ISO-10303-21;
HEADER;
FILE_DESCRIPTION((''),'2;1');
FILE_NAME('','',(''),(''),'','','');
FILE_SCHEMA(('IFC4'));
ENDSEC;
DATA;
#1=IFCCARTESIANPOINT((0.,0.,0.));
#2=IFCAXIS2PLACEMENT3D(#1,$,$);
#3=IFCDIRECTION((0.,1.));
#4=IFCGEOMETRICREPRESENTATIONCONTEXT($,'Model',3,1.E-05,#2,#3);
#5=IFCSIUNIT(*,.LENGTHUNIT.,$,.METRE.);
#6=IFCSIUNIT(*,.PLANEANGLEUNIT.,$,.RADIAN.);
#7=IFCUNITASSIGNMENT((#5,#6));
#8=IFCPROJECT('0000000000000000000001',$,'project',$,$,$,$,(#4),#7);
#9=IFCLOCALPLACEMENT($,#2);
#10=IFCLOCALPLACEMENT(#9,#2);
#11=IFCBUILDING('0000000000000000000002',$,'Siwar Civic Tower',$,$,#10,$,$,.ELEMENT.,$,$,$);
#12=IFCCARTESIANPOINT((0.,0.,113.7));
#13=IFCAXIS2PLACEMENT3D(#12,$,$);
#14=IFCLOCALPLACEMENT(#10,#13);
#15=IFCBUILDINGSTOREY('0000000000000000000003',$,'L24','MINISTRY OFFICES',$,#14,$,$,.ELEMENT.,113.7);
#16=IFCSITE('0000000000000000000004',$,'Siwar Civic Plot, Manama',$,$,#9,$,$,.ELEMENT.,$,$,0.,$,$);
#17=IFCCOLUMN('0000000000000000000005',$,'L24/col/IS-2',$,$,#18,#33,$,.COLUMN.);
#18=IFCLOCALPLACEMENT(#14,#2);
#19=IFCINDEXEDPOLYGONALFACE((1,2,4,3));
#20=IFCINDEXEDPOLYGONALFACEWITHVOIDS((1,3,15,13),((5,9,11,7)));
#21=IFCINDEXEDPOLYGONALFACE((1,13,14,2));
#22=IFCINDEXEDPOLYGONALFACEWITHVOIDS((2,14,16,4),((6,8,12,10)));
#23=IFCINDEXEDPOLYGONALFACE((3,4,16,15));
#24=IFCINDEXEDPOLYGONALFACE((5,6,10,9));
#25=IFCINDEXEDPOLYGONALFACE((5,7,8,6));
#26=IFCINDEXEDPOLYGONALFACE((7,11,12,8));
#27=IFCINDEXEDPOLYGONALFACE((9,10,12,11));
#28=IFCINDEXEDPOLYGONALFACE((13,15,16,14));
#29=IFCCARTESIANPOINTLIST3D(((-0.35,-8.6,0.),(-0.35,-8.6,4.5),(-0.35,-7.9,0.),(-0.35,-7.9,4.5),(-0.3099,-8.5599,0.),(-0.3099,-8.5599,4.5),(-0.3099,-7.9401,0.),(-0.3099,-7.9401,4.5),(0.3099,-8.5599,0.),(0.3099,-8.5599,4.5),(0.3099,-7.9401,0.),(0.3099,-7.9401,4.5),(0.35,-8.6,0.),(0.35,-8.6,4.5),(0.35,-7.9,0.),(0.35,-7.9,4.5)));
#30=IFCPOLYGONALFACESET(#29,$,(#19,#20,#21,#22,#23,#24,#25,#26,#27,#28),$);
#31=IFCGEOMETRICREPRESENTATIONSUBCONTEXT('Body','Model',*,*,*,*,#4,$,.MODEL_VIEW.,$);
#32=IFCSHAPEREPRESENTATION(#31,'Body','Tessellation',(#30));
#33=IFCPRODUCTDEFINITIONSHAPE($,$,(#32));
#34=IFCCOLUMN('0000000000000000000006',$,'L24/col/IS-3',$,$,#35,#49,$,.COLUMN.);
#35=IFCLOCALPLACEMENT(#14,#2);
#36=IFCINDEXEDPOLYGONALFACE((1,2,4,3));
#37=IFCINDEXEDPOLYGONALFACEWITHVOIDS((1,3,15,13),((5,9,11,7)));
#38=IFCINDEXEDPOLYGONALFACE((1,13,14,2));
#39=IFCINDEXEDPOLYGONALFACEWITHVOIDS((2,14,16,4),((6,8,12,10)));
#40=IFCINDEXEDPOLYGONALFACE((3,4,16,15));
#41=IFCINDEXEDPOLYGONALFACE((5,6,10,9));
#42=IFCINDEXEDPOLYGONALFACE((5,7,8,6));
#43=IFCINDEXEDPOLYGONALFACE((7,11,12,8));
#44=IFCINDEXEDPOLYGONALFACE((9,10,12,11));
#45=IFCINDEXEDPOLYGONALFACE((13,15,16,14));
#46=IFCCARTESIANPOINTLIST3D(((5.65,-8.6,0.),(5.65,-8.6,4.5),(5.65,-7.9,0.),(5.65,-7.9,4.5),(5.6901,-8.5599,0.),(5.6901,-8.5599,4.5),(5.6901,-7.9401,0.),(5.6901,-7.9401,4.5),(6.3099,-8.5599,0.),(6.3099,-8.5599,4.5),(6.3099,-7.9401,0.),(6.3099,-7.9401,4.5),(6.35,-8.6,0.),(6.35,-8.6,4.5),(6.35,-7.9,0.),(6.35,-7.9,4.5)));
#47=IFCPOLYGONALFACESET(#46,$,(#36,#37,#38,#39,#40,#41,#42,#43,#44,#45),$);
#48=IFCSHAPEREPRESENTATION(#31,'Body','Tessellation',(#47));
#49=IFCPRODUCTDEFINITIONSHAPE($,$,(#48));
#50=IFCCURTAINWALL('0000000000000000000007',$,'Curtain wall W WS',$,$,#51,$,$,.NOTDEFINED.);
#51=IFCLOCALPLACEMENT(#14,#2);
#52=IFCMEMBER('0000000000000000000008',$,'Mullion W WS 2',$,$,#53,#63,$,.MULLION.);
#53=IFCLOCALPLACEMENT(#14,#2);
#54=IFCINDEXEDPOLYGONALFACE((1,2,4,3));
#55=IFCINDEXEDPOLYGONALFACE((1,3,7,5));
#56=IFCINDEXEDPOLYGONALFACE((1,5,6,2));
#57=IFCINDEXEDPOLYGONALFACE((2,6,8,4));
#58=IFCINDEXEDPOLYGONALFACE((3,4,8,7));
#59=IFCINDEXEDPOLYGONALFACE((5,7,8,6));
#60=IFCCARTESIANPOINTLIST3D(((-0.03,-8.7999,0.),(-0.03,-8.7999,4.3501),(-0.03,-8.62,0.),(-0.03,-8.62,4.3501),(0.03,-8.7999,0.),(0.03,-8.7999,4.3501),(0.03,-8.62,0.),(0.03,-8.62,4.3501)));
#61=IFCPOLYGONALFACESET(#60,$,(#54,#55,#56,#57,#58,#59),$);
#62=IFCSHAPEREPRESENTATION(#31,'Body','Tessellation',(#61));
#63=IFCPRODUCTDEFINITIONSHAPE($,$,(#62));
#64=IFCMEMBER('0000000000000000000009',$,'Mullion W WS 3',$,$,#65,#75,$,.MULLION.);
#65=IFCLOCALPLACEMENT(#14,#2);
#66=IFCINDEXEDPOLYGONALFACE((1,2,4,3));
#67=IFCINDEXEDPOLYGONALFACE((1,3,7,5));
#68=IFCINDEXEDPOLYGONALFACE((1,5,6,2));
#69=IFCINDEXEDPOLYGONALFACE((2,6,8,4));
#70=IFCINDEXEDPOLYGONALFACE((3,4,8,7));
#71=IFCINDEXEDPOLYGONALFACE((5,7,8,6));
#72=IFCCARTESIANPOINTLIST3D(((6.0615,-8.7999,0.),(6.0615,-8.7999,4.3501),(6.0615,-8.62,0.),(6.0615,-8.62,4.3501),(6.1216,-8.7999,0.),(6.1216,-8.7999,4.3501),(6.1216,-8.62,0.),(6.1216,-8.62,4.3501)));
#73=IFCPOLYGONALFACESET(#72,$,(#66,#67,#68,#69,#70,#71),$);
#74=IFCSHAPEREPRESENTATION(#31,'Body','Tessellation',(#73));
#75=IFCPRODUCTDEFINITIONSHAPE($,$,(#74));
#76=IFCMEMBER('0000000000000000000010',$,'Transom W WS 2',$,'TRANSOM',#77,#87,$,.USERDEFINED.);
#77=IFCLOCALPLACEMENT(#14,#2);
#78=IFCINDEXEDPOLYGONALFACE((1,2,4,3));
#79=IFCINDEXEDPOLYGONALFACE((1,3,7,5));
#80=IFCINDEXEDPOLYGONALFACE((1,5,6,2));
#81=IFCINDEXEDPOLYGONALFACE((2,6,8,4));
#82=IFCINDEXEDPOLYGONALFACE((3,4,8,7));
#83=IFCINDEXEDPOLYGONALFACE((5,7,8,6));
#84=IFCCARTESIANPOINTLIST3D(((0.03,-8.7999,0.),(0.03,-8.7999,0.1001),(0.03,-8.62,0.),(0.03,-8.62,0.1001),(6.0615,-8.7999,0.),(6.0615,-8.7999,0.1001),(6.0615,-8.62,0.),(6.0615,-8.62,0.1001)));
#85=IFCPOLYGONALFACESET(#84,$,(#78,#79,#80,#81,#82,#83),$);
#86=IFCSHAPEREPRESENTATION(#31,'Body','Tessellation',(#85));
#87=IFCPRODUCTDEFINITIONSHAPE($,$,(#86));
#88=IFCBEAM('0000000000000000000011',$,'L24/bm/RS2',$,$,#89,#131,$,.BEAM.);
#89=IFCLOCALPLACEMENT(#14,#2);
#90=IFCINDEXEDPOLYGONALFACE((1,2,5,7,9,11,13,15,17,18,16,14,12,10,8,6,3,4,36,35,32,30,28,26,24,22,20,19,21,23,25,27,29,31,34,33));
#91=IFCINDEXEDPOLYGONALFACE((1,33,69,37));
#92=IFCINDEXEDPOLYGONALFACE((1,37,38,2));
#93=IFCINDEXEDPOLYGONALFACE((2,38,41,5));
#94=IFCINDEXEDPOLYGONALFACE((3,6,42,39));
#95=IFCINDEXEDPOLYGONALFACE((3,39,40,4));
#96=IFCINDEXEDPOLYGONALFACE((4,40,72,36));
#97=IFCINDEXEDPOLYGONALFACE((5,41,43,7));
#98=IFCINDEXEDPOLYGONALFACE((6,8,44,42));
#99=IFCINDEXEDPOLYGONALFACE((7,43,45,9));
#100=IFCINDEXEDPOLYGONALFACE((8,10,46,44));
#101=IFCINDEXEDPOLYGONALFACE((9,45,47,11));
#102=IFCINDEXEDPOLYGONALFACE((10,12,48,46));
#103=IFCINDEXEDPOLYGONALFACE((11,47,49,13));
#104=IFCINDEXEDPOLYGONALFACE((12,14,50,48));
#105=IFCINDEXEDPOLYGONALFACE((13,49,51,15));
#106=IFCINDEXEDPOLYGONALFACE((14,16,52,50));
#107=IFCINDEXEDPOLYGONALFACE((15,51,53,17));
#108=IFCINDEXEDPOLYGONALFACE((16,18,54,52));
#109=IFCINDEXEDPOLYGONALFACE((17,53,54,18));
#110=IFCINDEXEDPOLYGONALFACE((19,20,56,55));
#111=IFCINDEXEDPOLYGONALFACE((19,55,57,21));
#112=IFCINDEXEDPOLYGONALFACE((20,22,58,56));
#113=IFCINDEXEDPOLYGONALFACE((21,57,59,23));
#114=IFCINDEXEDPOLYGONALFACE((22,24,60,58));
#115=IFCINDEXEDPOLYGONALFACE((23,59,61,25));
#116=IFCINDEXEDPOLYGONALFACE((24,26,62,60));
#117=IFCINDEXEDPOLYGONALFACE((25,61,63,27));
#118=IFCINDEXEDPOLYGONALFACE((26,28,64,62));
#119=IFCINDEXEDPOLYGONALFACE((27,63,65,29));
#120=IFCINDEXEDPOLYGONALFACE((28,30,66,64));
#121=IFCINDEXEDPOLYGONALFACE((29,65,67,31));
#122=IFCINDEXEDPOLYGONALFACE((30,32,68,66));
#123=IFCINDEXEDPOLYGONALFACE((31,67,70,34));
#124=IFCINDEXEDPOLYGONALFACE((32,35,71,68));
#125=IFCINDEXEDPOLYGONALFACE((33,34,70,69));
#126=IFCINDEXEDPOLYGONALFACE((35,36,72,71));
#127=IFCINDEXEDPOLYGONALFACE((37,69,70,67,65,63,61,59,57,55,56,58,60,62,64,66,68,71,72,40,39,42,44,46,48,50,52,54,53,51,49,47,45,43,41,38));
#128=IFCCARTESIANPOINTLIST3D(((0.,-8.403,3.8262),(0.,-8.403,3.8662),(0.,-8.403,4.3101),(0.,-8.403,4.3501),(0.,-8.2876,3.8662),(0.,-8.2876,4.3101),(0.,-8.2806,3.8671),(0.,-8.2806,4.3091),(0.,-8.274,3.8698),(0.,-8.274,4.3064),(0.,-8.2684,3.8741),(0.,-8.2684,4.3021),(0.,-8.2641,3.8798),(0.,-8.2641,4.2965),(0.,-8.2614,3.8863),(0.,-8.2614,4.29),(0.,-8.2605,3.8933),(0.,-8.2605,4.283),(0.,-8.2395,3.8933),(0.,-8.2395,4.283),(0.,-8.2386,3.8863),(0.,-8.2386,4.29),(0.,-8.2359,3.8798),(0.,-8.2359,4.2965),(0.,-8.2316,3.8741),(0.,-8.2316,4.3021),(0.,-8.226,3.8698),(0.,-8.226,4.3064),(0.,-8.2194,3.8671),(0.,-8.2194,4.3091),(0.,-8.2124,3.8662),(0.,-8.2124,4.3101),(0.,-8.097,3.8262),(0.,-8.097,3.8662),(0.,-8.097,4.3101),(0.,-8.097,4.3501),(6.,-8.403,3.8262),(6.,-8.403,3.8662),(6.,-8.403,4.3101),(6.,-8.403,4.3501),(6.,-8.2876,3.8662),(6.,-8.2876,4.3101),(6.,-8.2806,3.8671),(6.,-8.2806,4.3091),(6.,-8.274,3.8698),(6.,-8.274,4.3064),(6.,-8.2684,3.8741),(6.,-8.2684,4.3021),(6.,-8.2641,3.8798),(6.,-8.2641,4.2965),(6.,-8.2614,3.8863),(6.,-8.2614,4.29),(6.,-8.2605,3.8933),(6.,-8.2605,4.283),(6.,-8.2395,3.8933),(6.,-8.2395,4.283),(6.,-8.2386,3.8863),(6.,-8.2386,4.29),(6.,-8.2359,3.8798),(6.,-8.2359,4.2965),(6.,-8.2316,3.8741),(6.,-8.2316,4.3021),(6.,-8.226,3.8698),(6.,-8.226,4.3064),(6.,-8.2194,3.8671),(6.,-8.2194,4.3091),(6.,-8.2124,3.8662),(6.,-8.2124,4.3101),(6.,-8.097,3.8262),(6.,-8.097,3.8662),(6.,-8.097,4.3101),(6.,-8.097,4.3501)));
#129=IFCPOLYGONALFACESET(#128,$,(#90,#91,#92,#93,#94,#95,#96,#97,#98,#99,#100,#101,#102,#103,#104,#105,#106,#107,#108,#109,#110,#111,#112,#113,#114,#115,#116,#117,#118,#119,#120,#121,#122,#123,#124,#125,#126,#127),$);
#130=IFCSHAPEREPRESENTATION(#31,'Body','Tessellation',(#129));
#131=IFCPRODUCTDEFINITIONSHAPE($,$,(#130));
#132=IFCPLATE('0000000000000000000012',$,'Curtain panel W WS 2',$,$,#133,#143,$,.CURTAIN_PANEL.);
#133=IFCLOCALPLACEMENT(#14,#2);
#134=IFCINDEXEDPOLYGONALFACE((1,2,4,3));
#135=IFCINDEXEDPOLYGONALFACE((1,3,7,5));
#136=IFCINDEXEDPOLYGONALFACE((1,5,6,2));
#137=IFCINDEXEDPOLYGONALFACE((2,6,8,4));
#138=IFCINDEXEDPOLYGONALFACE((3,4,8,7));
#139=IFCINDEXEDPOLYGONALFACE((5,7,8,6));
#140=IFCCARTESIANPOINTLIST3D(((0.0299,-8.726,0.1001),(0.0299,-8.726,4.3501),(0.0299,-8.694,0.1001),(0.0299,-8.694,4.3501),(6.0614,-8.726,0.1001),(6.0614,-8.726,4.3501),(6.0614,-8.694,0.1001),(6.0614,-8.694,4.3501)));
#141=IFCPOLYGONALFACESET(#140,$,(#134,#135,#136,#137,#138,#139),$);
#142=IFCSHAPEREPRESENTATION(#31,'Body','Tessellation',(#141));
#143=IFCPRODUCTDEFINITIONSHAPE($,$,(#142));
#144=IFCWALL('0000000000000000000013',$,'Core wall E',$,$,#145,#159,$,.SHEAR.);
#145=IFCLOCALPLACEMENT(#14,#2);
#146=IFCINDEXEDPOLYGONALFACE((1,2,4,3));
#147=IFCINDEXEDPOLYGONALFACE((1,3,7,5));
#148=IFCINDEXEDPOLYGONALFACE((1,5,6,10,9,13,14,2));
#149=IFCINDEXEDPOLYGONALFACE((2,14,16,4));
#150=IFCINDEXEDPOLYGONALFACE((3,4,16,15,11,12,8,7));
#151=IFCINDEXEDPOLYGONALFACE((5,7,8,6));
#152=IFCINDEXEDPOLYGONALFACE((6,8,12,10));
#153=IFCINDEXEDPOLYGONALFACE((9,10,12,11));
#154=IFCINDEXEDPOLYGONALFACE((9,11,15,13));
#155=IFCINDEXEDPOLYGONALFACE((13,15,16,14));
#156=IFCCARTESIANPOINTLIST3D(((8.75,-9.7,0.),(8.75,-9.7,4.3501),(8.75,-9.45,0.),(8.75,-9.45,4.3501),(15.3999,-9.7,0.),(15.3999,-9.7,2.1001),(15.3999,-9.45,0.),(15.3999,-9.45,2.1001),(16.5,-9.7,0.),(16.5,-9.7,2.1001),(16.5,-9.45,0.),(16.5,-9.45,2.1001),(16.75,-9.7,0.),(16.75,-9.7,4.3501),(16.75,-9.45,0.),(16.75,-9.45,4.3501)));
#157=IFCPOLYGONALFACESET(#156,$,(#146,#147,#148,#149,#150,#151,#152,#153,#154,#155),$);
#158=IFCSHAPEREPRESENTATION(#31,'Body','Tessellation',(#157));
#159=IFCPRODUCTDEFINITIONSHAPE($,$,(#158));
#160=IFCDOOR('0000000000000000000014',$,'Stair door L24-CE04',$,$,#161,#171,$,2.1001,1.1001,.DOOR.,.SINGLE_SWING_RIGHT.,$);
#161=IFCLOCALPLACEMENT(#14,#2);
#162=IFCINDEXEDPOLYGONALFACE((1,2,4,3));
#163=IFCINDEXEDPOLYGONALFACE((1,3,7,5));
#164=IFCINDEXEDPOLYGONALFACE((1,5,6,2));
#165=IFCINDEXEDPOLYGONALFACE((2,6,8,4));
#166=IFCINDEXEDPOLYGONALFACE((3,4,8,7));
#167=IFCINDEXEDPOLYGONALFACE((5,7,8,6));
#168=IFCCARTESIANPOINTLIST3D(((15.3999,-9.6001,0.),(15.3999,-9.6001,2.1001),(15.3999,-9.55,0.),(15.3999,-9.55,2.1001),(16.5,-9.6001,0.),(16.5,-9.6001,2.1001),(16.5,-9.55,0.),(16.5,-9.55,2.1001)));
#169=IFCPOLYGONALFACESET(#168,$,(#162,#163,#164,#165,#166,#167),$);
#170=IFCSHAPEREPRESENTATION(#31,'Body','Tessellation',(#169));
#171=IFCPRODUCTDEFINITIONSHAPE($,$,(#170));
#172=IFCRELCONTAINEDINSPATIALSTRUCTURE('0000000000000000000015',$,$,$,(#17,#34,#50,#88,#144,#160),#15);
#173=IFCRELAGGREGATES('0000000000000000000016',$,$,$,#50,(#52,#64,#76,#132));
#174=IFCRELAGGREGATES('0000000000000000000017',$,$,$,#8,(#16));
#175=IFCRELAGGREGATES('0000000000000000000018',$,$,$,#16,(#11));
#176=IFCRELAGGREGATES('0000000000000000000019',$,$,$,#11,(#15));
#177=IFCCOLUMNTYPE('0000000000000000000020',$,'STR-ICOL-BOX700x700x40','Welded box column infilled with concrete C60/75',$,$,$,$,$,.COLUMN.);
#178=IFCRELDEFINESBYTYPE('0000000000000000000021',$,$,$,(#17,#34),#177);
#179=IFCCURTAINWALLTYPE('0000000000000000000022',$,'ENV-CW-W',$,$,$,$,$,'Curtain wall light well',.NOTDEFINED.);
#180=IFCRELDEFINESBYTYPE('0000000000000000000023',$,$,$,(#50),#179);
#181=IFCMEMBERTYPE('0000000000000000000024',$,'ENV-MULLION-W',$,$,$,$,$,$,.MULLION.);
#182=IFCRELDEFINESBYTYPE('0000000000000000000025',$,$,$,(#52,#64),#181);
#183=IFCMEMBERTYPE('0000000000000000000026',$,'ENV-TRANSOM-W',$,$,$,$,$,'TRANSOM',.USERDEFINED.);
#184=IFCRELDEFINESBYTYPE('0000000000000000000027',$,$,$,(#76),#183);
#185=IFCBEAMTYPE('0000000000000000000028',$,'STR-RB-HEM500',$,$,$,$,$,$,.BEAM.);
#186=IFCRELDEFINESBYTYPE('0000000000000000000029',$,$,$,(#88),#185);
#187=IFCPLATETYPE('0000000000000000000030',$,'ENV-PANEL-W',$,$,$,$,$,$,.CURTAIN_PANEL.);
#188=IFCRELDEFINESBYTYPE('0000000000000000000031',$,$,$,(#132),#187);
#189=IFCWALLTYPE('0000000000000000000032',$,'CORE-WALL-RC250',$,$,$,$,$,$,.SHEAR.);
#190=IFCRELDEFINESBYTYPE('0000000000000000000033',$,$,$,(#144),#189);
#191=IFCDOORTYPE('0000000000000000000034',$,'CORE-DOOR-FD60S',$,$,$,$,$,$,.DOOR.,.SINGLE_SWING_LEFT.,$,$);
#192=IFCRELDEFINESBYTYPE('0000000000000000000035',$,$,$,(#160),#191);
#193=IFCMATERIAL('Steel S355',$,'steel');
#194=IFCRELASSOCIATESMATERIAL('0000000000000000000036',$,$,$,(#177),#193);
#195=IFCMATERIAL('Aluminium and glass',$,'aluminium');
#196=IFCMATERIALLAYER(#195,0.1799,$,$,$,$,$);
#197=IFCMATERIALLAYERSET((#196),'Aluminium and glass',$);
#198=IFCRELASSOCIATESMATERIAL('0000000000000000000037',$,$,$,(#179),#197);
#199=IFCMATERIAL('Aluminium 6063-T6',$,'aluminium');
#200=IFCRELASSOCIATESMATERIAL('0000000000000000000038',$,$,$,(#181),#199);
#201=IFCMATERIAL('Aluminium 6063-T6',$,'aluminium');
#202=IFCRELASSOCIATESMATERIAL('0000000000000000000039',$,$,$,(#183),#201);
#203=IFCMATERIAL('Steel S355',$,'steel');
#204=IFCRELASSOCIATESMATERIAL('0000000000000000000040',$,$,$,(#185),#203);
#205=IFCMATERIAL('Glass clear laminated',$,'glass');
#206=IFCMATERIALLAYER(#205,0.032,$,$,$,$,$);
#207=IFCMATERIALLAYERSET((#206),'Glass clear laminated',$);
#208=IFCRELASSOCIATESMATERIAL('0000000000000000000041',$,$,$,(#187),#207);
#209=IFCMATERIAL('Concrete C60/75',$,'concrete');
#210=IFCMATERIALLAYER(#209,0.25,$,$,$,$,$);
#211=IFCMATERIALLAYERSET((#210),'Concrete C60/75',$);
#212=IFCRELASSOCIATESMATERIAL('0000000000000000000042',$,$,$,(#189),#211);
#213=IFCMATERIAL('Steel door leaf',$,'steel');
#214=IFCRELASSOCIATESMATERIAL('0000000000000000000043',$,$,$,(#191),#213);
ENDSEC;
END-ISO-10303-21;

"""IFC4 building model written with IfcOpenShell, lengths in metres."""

from ifc_helpers import new_model, si_unit, direction, frame, frame_2d, origin, origin_2d, place, context, subcontext, project, spatial, rectangle, hollow_rectangle, i_section, extrude, material, layer, layer_set, material_profile, profile_set, type_object, element, fill, aggregate, save


model = new_model("IFC4")

# Units and contexts
model_context = context("Model", 3, precision=1e-05, world=origin(), true_north=direction((0.0, 1.0)))
body_context = subcontext(model_context, "Body", "Model", "MODEL_VIEW")
ifc_project = project(units=[si_unit("LENGTHUNIT", "METRE"), si_unit("PLANEANGLEUNIT", "RADIAN")], contexts=[model_context])

# Site, building, storey
site_placement = place(None, origin())
site = spatial("IfcSite", under=ifc_project, at=site_placement, Name="Siwar Civic Plot, Manama", CompositionType="ELEMENT", RefElevation=0.0)
building_placement = place(site_placement, origin())
building = spatial("IfcBuilding", under=site, at=building_placement, Name="Siwar Civic Tower", CompositionType="ELEMENT")
storey_placement = place(building_placement, frame((0.0, 0.0, 113.7)))
storey = spatial("IfcBuildingStorey", under=building, at=storey_placement, Name="L24", Description="MINISTRY OFFICES", CompositionType="ELEMENT", Elevation=113.7)

# Columns
ifc_material_1 = material(Name="Steel S355", Category="steel")
ifc_material_profile_1 = material_profile(ifc_material_1, hollow_rectangle(XDim=0.7, YDim=0.7, WallThickness=0.04, at=origin_2d()), Name="BOX700x700x40")
ifc_profile_set_1 = profile_set([ifc_material_profile_1], Name="Steel S355")
column_type = type_object("IfcColumnType", Name="STR-ICOL-BOX700x700x40", Description="Welded box column infilled with concrete C60/75", PredefinedType="COLUMN", material=ifc_profile_set_1)
for number, where, z_axis, x_axis, name in (
    (1, (0.0, -8.25, 0.0), (0.0, 0.0, 1.0), (1.0, 0.0, 0.0), "L24/col/IS-2"),
    (2, (6.0, -8.25, 0.0), (0.0, 0.0, 1.0), (1.0, 0.0, 0.0), "L24/col/IS-3"),
):
    element("IfcColumn", number, at=place(storey_placement, frame(where, z_axis=z_axis, x_axis=x_axis)), inside=storey, type_object=column_type, Name=name, PredefinedType="COLUMN", context=body_context, shape_type="SweptSolid", body=[
        extrude(hollow_rectangle(XDim=0.7, YDim=0.7, WallThickness=0.04, at=origin_2d()), origin(), (0.0, 0.0, 1.0), 4.5),
    ])

# Curtain wall, members
ifc_material_2 = material(Name="Aluminium and glass", Category="aluminium")
ifc_layer_1 = layer(ifc_material_2, 0.1799)
ifc_layer_set_1 = layer_set([ifc_layer_1], Name="Aluminium and glass")
curtain_wall_type = type_object("IfcCurtainWallType", Name="ENV-CW-W", ElementType="Curtain wall light well", PredefinedType="NOTDEFINED", material=ifc_layer_set_1)
curtain_wall_placement = place(storey_placement, origin())
curtain_wall = element("IfcCurtainWall", 3, at=curtain_wall_placement, inside=storey, type_object=curtain_wall_type, Name="Curtain wall W WS", PredefinedType="NOTDEFINED")
ifc_material_3 = material(Name="Aluminium 6063-T6", Category="aluminium")
ifc_material_profile_2 = material_profile(ifc_material_3, rectangle(XDim=0.1799, YDim=0.0601, at=origin_2d()), Name="AL 180x60")
ifc_profile_set_2 = profile_set([ifc_material_profile_2], Name="Aluminium 6063-T6")
member_type_1 = type_object("IfcMemberType", Name="ENV-MULLION-W", PredefinedType="MULLION", material=ifc_profile_set_2)
member_1_placement = place(storey_placement, frame((0.0, -8.71, 0.0), z_axis=(0.0, 0.0, 1.0), x_axis=(0.0, 1.0, 0.0)))
member_1 = element("IfcMember", 4, at=member_1_placement, type_object=member_type_1, Name="Mullion W WS 2", PredefinedType="MULLION", context=body_context, shape_type="SweptSolid", body=[
    extrude(rectangle(XDim=0.1799, YDim=0.0601, at=origin_2d()), origin(), (0.0, 0.0, 1.0), 4.3501),
])
member_2_placement = place(storey_placement, frame((6.0916, -8.71, 0.0), z_axis=(0.0, 0.0, 1.0), x_axis=(0.0, 1.0, 0.0)))
member_2 = element("IfcMember", 5, at=member_2_placement, type_object=member_type_1, Name="Mullion W WS 3", PredefinedType="MULLION", context=body_context, shape_type="SweptSolid", body=[
    extrude(rectangle(XDim=0.1799, YDim=0.0601, at=origin_2d()), origin(), (0.0, 0.0, 1.0), 4.3501),
])
ifc_material_4 = material(Name="Aluminium 6063-T6", Category="aluminium")
ifc_material_profile_3 = material_profile(ifc_material_4, rectangle(XDim=0.1799, YDim=0.1001, at=origin_2d()), Name="AL 180x100")
ifc_profile_set_3 = profile_set([ifc_material_profile_3], Name="Aluminium 6063-T6")
member_type_2 = type_object("IfcMemberType", Name="ENV-TRANSOM-W", ElementType="TRANSOM", PredefinedType="USERDEFINED", material=ifc_profile_set_3)
member_3_placement = place(storey_placement, frame((0.03, -8.71, 0.05), z_axis=(1.0, 0.0, 0.0), x_axis=(0.0, 1.0, 0.0)))
member_3 = element("IfcMember", 6, at=member_3_placement, type_object=member_type_2, Name="Transom W WS 2", ObjectType="TRANSOM", PredefinedType="USERDEFINED", context=body_context, shape_type="SweptSolid", body=[
    extrude(rectangle(XDim=0.1799, YDim=0.1001, at=origin_2d()), origin(), (0.0, 0.0, 1.0), 6.0315),
])

# Beam
ifc_material_5 = material(Name="Steel S355", Category="steel")
ifc_material_profile_4 = material_profile(ifc_material_5, i_section(OverallWidth=0.3059, OverallDepth=0.5239, WebThickness=0.021, FlangeThickness=0.04, FilletRadius=0.0271, at=origin_2d()), Name="HEM500")
ifc_profile_set_4 = profile_set([ifc_material_profile_4], Name="Steel S355")
beam_type = type_object("IfcBeamType", Name="STR-RB-HEM500", PredefinedType="BEAM", material=ifc_profile_set_4)
beam_placement = place(storey_placement, frame((0.0, -8.25, 4.0881), z_axis=(1.0, 0.0, 0.0), x_axis=(0.0, 1.0, 0.0)))
element("IfcBeam", 7, at=beam_placement, inside=storey, type_object=beam_type, Name="L24/bm/RS2", PredefinedType="BEAM", context=body_context, shape_type="SweptSolid", body=[
    extrude(i_section(OverallWidth=0.3059, OverallDepth=0.5239, WebThickness=0.021, FlangeThickness=0.04, FilletRadius=0.0271, at=origin_2d()), origin(), (0.0, 0.0, 1.0), 6.0),
])

# Plate
ifc_material_6 = material(Name="Glass clear laminated", Category="glass")
ifc_layer_2 = layer(ifc_material_6, 0.032)
ifc_layer_set_2 = layer_set([ifc_layer_2], Name="Glass clear laminated")
plate_type = type_object("IfcPlateType", Name="ENV-PANEL-W", PredefinedType="CURTAIN_PANEL", material=ifc_layer_set_2)
plate_placement = place(storey_placement, frame((3.0457, -8.71, 0.1001), z_axis=(0.0, 0.0, 1.0), x_axis=(1.0, 0.0, 0.0)))
plate = element("IfcPlate", 8, at=plate_placement, type_object=plate_type, Name="Curtain panel W WS 2", PredefinedType="CURTAIN_PANEL", context=body_context, shape_type="SweptSolid", body=[
    extrude(rectangle(XDim=6.0315, YDim=0.032, at=origin_2d()), origin(), (0.0, 0.0, 1.0), 4.25),
])
aggregate(curtain_wall, [member_1, member_2, member_3, plate])

# Wall, opening, door
ifc_material_7 = material(Name="Concrete C60/75", Category="concrete")
ifc_layer_3 = layer(ifc_material_7, 0.25)
ifc_layer_set_3 = layer_set([ifc_layer_3], Name="Concrete C60/75")
wall_type_1 = type_object("IfcWallType", Name="CORE-WALL-RC250", PredefinedType="SHEAR", material=ifc_layer_set_3)
wall_1_placement = place(storey_placement, frame((8.75, -9.575, 0.0), z_axis=(0.0, 0.0, 1.0), x_axis=(1.0, 0.0, 0.0)))
wall_1 = element("IfcWall", 9, at=wall_1_placement, inside=storey, type_object=wall_type_1, Name="Core wall E", PredefinedType="SHEAR", context=body_context, shape_type="SweptSolid", body=[
    extrude(rectangle(XDim=8.0, YDim=0.25, at=frame_2d((4.0, 0.0))), origin(), (0.0, 0.0, 1.0), 4.3501),
])
opening_1_placement = place(wall_1_placement, frame((6.6499, 0.0, 0.0)))
opening_1 = element("IfcOpeningElement", 10, at=opening_1_placement, cuts=wall_1, PredefinedType="OPENING", context=body_context, shape_type="SweptSolid", body=[
    extrude(rectangle(XDim=1.1001, YDim=2.1001, at=frame_2d((0.55, 1.05))), frame((0.0, 0.135, 0.0), z_axis=(0.0, -1.0, 0.0), x_axis=(1.0, 0.0, 0.0)), (0.0, 0.0, 1.0), 0.27),
])
ifc_material_8 = material(Name="Steel door leaf", Category="steel")
door_type_1 = type_object("IfcDoorType", Name="CORE-DOOR-FD60S", OperationType="SINGLE_SWING_LEFT", PredefinedType="DOOR", material=ifc_material_8)
door_1_placement = place(opening_1_placement, origin())
door_1 = element("IfcDoor", 11, at=door_1_placement, inside=storey, type_object=door_type_1, Name="Stair door L24-CE04", OperationType="SINGLE_SWING_RIGHT", OverallHeight=2.1001, OverallWidth=1.1001, PredefinedType="DOOR", context=body_context, shape_type="SweptSolid", body=[
    extrude(rectangle(XDim=1.1001, YDim=2.1001, at=frame_2d((0.55, 1.05))), frame((0.0, 0.0249, 0.0), z_axis=(0.0, -1.0, 0.0), x_axis=(1.0, 0.0, 0.0)), (0.0, 0.0, 1.0), 0.05),
])
fill(opening_1, door_1)

save(model, "model.ifc")
